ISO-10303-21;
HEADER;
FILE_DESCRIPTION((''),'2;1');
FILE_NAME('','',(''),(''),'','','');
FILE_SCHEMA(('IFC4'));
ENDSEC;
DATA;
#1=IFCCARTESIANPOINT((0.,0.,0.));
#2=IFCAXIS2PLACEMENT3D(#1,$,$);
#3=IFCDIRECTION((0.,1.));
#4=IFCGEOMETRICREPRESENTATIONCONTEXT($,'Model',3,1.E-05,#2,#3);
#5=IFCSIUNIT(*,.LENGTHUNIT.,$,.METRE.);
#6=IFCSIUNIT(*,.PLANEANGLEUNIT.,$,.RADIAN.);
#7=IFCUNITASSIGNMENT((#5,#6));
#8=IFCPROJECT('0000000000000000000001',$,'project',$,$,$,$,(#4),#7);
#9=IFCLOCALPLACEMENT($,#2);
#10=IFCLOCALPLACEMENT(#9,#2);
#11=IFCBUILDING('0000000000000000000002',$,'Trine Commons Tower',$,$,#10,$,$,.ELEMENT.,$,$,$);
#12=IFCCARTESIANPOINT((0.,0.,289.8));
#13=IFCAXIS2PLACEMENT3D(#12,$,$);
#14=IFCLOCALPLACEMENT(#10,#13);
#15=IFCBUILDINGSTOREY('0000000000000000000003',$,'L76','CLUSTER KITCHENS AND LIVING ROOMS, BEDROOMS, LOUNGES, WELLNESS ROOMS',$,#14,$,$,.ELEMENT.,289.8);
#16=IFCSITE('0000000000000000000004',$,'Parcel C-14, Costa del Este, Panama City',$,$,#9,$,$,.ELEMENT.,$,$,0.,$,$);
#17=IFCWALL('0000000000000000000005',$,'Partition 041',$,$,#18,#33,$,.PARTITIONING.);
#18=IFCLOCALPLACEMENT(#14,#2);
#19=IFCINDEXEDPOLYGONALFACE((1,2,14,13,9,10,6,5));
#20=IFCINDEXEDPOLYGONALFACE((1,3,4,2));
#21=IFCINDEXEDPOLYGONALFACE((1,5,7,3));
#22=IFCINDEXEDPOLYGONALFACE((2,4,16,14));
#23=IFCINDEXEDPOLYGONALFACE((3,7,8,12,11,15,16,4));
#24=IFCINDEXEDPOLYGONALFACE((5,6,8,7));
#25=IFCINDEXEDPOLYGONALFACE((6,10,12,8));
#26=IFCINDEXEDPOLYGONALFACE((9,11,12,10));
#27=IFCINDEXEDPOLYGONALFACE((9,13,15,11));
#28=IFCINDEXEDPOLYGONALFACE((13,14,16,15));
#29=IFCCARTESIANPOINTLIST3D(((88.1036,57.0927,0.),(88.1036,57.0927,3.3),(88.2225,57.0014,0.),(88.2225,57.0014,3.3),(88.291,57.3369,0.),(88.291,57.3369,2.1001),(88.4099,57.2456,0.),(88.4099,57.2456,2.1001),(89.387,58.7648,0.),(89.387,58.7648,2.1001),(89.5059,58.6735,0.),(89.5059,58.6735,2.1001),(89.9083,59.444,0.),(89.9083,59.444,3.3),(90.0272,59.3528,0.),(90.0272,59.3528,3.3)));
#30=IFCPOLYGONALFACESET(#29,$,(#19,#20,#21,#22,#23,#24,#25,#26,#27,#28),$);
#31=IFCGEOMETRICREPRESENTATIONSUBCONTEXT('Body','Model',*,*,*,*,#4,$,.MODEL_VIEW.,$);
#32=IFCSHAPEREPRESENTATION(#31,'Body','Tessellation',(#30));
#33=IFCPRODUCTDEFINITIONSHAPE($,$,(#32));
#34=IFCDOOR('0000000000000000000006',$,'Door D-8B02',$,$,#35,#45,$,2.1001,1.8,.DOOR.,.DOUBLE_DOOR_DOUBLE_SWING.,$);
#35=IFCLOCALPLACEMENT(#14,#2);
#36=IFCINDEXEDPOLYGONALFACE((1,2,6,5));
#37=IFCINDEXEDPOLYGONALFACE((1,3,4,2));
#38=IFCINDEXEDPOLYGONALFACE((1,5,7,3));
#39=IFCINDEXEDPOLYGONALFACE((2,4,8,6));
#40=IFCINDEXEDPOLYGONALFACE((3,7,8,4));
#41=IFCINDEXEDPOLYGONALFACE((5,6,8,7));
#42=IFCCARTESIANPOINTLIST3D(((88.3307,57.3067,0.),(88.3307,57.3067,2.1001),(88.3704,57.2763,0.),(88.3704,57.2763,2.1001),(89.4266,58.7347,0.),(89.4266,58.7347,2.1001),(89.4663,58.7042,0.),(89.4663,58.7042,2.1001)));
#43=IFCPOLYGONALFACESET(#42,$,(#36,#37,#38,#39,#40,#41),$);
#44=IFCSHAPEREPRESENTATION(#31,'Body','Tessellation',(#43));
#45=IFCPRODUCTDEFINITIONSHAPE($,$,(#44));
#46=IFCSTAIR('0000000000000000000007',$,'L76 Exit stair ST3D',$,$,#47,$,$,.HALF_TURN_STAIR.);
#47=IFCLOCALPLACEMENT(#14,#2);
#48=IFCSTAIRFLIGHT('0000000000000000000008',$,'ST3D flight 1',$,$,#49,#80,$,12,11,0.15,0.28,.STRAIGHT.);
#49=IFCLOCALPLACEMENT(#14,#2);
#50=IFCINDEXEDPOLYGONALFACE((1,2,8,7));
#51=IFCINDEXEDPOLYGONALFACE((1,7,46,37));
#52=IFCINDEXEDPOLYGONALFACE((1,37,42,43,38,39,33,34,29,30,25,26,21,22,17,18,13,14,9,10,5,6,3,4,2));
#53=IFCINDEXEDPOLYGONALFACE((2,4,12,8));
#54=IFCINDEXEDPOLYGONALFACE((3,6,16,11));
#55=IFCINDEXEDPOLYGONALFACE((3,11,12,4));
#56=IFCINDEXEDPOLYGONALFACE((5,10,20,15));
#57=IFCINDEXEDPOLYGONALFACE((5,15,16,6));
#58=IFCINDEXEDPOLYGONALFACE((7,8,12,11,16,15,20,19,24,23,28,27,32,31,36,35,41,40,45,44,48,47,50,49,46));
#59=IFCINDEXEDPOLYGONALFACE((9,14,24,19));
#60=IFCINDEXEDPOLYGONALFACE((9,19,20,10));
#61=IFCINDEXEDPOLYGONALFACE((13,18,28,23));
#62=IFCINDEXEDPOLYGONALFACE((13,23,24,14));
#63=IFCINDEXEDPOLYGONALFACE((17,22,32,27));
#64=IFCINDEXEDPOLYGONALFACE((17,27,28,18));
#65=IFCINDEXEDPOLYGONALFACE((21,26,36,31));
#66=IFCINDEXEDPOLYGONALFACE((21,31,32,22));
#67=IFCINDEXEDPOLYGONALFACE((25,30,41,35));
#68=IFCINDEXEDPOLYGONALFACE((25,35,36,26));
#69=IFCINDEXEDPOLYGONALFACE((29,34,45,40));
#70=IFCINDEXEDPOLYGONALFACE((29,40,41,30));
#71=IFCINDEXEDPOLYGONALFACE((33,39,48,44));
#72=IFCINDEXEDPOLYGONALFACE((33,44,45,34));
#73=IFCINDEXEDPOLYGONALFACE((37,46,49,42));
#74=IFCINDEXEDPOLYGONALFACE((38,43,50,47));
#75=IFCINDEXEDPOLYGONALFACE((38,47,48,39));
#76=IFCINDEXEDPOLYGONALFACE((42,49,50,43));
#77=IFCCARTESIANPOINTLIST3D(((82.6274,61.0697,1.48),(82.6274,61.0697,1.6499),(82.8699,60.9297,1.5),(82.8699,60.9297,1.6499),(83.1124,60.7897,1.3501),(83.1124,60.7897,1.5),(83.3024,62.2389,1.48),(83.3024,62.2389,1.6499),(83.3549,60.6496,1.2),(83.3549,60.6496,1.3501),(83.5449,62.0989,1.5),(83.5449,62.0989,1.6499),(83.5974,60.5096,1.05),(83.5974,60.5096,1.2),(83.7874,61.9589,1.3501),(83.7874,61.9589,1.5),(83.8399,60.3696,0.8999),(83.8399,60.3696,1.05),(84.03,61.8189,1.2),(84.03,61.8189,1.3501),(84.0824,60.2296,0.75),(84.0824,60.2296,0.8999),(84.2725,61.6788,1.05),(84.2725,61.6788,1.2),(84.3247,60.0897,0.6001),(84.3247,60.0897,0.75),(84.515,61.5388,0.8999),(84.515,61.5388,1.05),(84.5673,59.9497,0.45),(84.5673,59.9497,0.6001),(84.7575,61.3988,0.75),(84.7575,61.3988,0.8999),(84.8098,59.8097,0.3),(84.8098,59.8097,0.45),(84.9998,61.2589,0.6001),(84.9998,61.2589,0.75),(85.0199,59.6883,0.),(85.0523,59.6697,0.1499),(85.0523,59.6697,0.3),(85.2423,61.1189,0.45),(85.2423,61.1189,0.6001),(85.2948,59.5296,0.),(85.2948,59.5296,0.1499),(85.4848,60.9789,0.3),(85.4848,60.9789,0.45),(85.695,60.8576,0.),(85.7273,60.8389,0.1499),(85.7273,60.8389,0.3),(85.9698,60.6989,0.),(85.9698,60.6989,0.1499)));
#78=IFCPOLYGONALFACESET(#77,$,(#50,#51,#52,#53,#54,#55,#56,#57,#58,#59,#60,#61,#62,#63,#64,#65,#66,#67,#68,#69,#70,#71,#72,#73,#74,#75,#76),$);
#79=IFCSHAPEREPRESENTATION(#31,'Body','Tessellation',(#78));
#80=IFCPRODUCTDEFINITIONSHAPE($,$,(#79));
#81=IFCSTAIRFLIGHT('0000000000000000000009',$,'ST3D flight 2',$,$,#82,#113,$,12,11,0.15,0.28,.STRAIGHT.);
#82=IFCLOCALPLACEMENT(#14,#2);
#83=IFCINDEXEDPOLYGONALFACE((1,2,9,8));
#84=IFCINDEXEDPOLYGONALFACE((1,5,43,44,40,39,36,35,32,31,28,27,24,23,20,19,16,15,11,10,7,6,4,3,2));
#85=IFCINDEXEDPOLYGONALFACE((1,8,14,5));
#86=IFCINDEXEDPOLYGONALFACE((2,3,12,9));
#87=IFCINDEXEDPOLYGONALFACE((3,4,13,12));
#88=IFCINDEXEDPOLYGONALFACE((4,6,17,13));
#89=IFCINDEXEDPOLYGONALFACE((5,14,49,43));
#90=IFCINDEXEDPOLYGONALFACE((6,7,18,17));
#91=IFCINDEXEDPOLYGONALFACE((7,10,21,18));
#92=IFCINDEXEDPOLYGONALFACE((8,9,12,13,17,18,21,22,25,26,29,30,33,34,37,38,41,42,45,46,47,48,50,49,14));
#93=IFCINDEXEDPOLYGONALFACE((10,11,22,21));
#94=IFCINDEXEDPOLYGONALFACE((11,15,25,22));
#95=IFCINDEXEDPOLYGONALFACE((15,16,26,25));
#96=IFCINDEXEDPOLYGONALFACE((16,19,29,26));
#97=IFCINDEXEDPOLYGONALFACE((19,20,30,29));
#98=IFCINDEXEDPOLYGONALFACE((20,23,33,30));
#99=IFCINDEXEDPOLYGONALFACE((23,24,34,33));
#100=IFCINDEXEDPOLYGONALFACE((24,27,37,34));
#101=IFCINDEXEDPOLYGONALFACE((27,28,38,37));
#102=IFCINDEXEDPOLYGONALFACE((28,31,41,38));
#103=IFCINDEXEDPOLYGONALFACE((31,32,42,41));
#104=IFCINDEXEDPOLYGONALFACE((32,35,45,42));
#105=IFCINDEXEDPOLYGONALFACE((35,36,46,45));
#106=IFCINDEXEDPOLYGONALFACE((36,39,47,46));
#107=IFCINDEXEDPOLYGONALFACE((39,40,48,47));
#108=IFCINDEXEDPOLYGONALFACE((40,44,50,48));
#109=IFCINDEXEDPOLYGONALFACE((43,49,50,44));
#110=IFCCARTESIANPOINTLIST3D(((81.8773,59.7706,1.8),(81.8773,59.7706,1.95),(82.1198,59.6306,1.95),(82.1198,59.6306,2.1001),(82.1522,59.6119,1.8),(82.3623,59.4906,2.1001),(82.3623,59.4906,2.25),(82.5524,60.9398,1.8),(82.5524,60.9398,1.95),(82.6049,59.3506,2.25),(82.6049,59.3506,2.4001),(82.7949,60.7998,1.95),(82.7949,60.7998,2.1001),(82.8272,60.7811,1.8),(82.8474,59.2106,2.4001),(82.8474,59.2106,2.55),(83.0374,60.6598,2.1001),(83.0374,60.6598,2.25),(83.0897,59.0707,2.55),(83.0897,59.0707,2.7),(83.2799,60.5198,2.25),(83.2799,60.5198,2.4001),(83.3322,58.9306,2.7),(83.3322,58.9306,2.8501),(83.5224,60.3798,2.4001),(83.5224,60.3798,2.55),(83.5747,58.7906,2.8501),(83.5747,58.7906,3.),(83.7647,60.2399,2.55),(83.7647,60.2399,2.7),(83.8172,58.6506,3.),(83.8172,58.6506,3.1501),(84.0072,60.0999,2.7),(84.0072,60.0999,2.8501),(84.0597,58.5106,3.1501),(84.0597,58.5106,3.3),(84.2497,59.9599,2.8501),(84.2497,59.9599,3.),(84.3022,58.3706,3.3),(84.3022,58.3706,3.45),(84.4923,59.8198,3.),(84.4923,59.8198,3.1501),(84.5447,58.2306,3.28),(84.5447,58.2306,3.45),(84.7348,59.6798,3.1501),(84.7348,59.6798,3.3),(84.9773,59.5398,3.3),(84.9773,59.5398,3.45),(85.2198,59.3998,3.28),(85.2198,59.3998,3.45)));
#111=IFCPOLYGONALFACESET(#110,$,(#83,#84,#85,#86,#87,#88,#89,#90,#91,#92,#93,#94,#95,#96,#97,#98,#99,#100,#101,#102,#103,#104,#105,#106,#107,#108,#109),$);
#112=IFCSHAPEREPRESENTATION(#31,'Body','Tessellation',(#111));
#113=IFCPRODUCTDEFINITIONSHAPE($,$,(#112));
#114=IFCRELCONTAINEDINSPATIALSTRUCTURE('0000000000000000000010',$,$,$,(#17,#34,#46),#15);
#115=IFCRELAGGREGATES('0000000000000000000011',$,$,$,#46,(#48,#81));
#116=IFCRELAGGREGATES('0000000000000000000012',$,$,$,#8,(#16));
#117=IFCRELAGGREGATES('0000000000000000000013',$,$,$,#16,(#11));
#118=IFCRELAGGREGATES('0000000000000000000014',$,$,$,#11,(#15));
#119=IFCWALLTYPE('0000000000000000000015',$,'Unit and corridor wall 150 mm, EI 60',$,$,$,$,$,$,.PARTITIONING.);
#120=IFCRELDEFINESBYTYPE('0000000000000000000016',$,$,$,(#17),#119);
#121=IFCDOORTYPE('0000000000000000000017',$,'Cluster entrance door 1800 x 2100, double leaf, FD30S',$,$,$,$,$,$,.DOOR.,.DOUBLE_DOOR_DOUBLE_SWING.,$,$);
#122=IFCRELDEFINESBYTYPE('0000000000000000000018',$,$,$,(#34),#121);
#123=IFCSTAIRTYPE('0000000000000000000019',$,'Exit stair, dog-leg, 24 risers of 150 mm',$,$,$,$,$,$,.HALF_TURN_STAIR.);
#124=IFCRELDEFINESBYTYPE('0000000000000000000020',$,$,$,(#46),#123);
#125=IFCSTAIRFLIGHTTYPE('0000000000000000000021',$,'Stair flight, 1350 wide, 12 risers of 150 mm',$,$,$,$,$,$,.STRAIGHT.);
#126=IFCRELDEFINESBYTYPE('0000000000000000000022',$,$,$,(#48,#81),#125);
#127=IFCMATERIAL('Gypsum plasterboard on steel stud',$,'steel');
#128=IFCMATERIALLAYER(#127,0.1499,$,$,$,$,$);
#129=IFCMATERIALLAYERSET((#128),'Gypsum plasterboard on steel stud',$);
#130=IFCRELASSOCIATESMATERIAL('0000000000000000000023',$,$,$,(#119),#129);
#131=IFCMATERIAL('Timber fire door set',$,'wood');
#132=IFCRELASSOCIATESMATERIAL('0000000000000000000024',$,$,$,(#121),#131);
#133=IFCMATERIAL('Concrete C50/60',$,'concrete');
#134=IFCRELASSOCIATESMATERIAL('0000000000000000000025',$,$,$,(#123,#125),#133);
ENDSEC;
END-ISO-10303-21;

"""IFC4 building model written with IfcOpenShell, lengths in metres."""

from ifc_helpers import new_model, si_unit, direction, frame, frame_2d, origin, place, context, subcontext, project, spatial, polyline, rectangle, outline, extrude, material, layer, layer_set, type_object, element, fill, aggregate, save


model = new_model("IFC4")

# Units and contexts
model_context = context("Model", 3, precision=1e-05, world=origin(), true_north=direction((0.0, 1.0)))
body_context = subcontext(model_context, "Body", "Model", "MODEL_VIEW")
ifc_project = project(units=[si_unit("LENGTHUNIT", "METRE"), si_unit("PLANEANGLEUNIT", "RADIAN")], contexts=[model_context])

# Site, building, storey
site_placement = place(None, origin())
site = spatial("IfcSite", under=ifc_project, at=site_placement, Name="Parcel C-14, Costa del Este, Panama City", CompositionType="ELEMENT", RefElevation=0.0)
building_placement = place(site_placement, origin())
building = spatial("IfcBuilding", under=site, at=building_placement, Name="Trine Commons Tower", CompositionType="ELEMENT")
storey_placement = place(building_placement, frame((0.0, 0.0, 289.8)))
storey = spatial("IfcBuildingStorey", under=building, at=storey_placement, Name="L76", Description="CLUSTER KITCHENS AND LIVING ROOMS, BEDROOMS, LOUNGES, WELLNESS ROOMS", CompositionType="ELEMENT", Elevation=289.8)

# Shared definitions
ifc_material_1 = material(Name="Concrete C50/60", Category="concrete")

# Wall, opening, door
ifc_material_2 = material(Name="Gypsum plasterboard on steel stud", Category="steel")
ifc_layer_1 = layer(ifc_material_2, 0.1499)
ifc_layer_set_1 = layer_set([ifc_layer_1], Name="Gypsum plasterboard on steel stud")
wall_type_1 = type_object("IfcWallType", Name="Unit and corridor wall 150 mm, EI 60", PredefinedType="PARTITIONING", material=ifc_layer_set_1)
wall_1_placement = place(storey_placement, frame((88.1631, 57.0471, 0.0), z_axis=(0.0, 0.0, 1.0), x_axis=(0.608859, 0.793279, 0.0)))
wall_1 = element("IfcWall", 1, at=wall_1_placement, inside=storey, type_object=wall_type_1, Name="Partition 041", PredefinedType="PARTITIONING", context=body_context, shape_type="SweptSolid", body=[
    extrude(rectangle(XDim=2.9641, YDim=0.1499, at=frame_2d((1.4819, 0.0))), origin(), (0.0, 0.0, 1.0), 3.3),
])
opening_1_placement = place(wall_1_placement, frame((0.3079, 0.0, 0.0)))
opening_1 = element("IfcOpeningElement", 2, at=opening_1_placement, cuts=wall_1, PredefinedType="OPENING", context=body_context, shape_type="SweptSolid", body=[
    extrude(rectangle(XDim=1.8, YDim=2.1001, at=frame_2d((0.8999, 1.05))), frame((0.0, 0.085, 0.0), z_axis=(0.0, -1.0, 0.0), x_axis=(1.0, 0.0, 0.0)), (0.0, 0.0, 1.0), 0.1699),
])
ifc_material_3 = material(Name="Timber fire door set", Category="wood")
door_type_1 = type_object("IfcDoorType", Name="Cluster entrance door 1800 x 2100, double leaf, FD30S", OperationType="DOUBLE_DOOR_DOUBLE_SWING", PredefinedType="DOOR", material=ifc_material_3)
door_1_placement = place(opening_1_placement, frame((1.8, 0.0, 0.0), z_axis=(0.0, 0.0, 1.0), x_axis=(-1.0, 0.0, 0.0)))
door_1 = element("IfcDoor", 3, at=door_1_placement, inside=storey, type_object=door_type_1, Name="Door D-8B02", OperationType="DOUBLE_DOOR_DOUBLE_SWING", OverallHeight=2.1001, OverallWidth=1.8, PredefinedType="DOOR", context=body_context, shape_type="SweptSolid", body=[
    extrude(rectangle(XDim=1.8, YDim=2.1001, at=frame_2d((0.8999, 1.05))), frame((0.0, 0.0249, 0.0), z_axis=(0.0, -1.0, 0.0), x_axis=(1.0, 0.0, 0.0)), (0.0, 0.0, 1.0), 0.05),
])
fill(opening_1, door_1)

# Stair, stair flights
stair_type = type_object("IfcStairType", Name="Exit stair, dog-leg, 24 risers of 150 mm", PredefinedType="HALF_TURN_STAIR", material=ifc_material_1)
stair_placement = place(storey_placement, origin())
stair = element("IfcStair", 4, at=stair_placement, inside=storey, type_object=stair_type, Name="L76 Exit stair ST3D", PredefinedType="HALF_TURN_STAIR")
stair_flight_type = type_object("IfcStairFlightType", Name="Stair flight, 1350 wide, 12 risers of 150 mm", PredefinedType="STRAIGHT", material=ifc_material_1)
stair_flight_1_placement = place(storey_placement, frame((85.6323, 60.1143, 0.0), z_axis=(0.0, 0.0, 1.0), x_axis=(-0.866025, 0.5, 0.0)))
stair_flight_1 = element("IfcStairFlight", 5, at=stair_flight_1_placement, type_object=stair_flight_type, Name="ST3D flight 1", NumberOfRisers=12, NumberOfTreads=11, PredefinedType="STRAIGHT", RiserHeight=0.15, TreadLength=0.28, context=body_context, shape_type="SweptSolid", body=[
    extrude(outline(polyline([(0.0, 0.0), (0.0, 0.1499), (0.28, 0.1499), (0.28, 0.3), (0.5601, 0.3), (0.5601, 0.45), (0.8401, 0.45), (0.8401, 0.6001), (1.1201, 0.6001), (1.1201, 0.75), (1.3999, 0.75), (1.3999, 0.8999), (1.6799, 0.8999), (1.6799, 1.05), (1.96, 1.05), (1.96, 1.2), (2.24, 1.2), (2.24, 1.3501), (2.52, 1.3501), (2.52, 1.5), (2.8, 1.5), (2.8, 1.6499), (3.0801, 1.6499), (3.0801, 1.8), (3.0801, 1.48), (0.3174, 0.0), (0.0, 0.0)])), frame((0.0, 0.675, 0.0), z_axis=(0.0, -1.0, 0.0), x_axis=(1.0, 0.0, 0.0)), (0.0, 0.0, 1.0), 1.3501),
])
stair_flight_2_placement = place(storey_placement, frame((82.2148, 60.3552, 1.8), z_axis=(0.0, 0.0, 1.0), x_axis=(0.866025, -0.5, 0.0)))
stair_flight_2 = element("IfcStairFlight", 6, at=stair_flight_2_placement, type_object=stair_flight_type, Name="ST3D flight 2", NumberOfRisers=12, NumberOfTreads=11, PredefinedType="STRAIGHT", RiserHeight=0.15, TreadLength=0.28, context=body_context, shape_type="SweptSolid", body=[
    extrude(outline(polyline([(0.0, 0.0), (0.0, 0.1499), (0.28, 0.1499), (0.28, 0.3), (0.5601, 0.3), (0.5601, 0.45), (0.8401, 0.45), (0.8401, 0.6001), (1.1201, 0.6001), (1.1201, 0.75), (1.3999, 0.75), (1.3999, 0.8999), (1.6799, 0.8999), (1.6799, 1.05), (1.96, 1.05), (1.96, 1.2), (2.24, 1.2), (2.24, 1.3501), (2.52, 1.3501), (2.52, 1.5), (2.8, 1.5), (2.8, 1.6499), (3.0801, 1.6499), (3.0801, 1.8), (3.0801, 1.48), (0.3174, 0.0), (0.0, 0.0)])), frame((0.0, 0.675, 0.0), z_axis=(0.0, -1.0, 0.0), x_axis=(1.0, 0.0, 0.0)), (0.0, 0.0, 1.0), 1.3501),
])
aggregate(stair, [stair_flight_1, stair_flight_2])

save(model, "model.ifc")
